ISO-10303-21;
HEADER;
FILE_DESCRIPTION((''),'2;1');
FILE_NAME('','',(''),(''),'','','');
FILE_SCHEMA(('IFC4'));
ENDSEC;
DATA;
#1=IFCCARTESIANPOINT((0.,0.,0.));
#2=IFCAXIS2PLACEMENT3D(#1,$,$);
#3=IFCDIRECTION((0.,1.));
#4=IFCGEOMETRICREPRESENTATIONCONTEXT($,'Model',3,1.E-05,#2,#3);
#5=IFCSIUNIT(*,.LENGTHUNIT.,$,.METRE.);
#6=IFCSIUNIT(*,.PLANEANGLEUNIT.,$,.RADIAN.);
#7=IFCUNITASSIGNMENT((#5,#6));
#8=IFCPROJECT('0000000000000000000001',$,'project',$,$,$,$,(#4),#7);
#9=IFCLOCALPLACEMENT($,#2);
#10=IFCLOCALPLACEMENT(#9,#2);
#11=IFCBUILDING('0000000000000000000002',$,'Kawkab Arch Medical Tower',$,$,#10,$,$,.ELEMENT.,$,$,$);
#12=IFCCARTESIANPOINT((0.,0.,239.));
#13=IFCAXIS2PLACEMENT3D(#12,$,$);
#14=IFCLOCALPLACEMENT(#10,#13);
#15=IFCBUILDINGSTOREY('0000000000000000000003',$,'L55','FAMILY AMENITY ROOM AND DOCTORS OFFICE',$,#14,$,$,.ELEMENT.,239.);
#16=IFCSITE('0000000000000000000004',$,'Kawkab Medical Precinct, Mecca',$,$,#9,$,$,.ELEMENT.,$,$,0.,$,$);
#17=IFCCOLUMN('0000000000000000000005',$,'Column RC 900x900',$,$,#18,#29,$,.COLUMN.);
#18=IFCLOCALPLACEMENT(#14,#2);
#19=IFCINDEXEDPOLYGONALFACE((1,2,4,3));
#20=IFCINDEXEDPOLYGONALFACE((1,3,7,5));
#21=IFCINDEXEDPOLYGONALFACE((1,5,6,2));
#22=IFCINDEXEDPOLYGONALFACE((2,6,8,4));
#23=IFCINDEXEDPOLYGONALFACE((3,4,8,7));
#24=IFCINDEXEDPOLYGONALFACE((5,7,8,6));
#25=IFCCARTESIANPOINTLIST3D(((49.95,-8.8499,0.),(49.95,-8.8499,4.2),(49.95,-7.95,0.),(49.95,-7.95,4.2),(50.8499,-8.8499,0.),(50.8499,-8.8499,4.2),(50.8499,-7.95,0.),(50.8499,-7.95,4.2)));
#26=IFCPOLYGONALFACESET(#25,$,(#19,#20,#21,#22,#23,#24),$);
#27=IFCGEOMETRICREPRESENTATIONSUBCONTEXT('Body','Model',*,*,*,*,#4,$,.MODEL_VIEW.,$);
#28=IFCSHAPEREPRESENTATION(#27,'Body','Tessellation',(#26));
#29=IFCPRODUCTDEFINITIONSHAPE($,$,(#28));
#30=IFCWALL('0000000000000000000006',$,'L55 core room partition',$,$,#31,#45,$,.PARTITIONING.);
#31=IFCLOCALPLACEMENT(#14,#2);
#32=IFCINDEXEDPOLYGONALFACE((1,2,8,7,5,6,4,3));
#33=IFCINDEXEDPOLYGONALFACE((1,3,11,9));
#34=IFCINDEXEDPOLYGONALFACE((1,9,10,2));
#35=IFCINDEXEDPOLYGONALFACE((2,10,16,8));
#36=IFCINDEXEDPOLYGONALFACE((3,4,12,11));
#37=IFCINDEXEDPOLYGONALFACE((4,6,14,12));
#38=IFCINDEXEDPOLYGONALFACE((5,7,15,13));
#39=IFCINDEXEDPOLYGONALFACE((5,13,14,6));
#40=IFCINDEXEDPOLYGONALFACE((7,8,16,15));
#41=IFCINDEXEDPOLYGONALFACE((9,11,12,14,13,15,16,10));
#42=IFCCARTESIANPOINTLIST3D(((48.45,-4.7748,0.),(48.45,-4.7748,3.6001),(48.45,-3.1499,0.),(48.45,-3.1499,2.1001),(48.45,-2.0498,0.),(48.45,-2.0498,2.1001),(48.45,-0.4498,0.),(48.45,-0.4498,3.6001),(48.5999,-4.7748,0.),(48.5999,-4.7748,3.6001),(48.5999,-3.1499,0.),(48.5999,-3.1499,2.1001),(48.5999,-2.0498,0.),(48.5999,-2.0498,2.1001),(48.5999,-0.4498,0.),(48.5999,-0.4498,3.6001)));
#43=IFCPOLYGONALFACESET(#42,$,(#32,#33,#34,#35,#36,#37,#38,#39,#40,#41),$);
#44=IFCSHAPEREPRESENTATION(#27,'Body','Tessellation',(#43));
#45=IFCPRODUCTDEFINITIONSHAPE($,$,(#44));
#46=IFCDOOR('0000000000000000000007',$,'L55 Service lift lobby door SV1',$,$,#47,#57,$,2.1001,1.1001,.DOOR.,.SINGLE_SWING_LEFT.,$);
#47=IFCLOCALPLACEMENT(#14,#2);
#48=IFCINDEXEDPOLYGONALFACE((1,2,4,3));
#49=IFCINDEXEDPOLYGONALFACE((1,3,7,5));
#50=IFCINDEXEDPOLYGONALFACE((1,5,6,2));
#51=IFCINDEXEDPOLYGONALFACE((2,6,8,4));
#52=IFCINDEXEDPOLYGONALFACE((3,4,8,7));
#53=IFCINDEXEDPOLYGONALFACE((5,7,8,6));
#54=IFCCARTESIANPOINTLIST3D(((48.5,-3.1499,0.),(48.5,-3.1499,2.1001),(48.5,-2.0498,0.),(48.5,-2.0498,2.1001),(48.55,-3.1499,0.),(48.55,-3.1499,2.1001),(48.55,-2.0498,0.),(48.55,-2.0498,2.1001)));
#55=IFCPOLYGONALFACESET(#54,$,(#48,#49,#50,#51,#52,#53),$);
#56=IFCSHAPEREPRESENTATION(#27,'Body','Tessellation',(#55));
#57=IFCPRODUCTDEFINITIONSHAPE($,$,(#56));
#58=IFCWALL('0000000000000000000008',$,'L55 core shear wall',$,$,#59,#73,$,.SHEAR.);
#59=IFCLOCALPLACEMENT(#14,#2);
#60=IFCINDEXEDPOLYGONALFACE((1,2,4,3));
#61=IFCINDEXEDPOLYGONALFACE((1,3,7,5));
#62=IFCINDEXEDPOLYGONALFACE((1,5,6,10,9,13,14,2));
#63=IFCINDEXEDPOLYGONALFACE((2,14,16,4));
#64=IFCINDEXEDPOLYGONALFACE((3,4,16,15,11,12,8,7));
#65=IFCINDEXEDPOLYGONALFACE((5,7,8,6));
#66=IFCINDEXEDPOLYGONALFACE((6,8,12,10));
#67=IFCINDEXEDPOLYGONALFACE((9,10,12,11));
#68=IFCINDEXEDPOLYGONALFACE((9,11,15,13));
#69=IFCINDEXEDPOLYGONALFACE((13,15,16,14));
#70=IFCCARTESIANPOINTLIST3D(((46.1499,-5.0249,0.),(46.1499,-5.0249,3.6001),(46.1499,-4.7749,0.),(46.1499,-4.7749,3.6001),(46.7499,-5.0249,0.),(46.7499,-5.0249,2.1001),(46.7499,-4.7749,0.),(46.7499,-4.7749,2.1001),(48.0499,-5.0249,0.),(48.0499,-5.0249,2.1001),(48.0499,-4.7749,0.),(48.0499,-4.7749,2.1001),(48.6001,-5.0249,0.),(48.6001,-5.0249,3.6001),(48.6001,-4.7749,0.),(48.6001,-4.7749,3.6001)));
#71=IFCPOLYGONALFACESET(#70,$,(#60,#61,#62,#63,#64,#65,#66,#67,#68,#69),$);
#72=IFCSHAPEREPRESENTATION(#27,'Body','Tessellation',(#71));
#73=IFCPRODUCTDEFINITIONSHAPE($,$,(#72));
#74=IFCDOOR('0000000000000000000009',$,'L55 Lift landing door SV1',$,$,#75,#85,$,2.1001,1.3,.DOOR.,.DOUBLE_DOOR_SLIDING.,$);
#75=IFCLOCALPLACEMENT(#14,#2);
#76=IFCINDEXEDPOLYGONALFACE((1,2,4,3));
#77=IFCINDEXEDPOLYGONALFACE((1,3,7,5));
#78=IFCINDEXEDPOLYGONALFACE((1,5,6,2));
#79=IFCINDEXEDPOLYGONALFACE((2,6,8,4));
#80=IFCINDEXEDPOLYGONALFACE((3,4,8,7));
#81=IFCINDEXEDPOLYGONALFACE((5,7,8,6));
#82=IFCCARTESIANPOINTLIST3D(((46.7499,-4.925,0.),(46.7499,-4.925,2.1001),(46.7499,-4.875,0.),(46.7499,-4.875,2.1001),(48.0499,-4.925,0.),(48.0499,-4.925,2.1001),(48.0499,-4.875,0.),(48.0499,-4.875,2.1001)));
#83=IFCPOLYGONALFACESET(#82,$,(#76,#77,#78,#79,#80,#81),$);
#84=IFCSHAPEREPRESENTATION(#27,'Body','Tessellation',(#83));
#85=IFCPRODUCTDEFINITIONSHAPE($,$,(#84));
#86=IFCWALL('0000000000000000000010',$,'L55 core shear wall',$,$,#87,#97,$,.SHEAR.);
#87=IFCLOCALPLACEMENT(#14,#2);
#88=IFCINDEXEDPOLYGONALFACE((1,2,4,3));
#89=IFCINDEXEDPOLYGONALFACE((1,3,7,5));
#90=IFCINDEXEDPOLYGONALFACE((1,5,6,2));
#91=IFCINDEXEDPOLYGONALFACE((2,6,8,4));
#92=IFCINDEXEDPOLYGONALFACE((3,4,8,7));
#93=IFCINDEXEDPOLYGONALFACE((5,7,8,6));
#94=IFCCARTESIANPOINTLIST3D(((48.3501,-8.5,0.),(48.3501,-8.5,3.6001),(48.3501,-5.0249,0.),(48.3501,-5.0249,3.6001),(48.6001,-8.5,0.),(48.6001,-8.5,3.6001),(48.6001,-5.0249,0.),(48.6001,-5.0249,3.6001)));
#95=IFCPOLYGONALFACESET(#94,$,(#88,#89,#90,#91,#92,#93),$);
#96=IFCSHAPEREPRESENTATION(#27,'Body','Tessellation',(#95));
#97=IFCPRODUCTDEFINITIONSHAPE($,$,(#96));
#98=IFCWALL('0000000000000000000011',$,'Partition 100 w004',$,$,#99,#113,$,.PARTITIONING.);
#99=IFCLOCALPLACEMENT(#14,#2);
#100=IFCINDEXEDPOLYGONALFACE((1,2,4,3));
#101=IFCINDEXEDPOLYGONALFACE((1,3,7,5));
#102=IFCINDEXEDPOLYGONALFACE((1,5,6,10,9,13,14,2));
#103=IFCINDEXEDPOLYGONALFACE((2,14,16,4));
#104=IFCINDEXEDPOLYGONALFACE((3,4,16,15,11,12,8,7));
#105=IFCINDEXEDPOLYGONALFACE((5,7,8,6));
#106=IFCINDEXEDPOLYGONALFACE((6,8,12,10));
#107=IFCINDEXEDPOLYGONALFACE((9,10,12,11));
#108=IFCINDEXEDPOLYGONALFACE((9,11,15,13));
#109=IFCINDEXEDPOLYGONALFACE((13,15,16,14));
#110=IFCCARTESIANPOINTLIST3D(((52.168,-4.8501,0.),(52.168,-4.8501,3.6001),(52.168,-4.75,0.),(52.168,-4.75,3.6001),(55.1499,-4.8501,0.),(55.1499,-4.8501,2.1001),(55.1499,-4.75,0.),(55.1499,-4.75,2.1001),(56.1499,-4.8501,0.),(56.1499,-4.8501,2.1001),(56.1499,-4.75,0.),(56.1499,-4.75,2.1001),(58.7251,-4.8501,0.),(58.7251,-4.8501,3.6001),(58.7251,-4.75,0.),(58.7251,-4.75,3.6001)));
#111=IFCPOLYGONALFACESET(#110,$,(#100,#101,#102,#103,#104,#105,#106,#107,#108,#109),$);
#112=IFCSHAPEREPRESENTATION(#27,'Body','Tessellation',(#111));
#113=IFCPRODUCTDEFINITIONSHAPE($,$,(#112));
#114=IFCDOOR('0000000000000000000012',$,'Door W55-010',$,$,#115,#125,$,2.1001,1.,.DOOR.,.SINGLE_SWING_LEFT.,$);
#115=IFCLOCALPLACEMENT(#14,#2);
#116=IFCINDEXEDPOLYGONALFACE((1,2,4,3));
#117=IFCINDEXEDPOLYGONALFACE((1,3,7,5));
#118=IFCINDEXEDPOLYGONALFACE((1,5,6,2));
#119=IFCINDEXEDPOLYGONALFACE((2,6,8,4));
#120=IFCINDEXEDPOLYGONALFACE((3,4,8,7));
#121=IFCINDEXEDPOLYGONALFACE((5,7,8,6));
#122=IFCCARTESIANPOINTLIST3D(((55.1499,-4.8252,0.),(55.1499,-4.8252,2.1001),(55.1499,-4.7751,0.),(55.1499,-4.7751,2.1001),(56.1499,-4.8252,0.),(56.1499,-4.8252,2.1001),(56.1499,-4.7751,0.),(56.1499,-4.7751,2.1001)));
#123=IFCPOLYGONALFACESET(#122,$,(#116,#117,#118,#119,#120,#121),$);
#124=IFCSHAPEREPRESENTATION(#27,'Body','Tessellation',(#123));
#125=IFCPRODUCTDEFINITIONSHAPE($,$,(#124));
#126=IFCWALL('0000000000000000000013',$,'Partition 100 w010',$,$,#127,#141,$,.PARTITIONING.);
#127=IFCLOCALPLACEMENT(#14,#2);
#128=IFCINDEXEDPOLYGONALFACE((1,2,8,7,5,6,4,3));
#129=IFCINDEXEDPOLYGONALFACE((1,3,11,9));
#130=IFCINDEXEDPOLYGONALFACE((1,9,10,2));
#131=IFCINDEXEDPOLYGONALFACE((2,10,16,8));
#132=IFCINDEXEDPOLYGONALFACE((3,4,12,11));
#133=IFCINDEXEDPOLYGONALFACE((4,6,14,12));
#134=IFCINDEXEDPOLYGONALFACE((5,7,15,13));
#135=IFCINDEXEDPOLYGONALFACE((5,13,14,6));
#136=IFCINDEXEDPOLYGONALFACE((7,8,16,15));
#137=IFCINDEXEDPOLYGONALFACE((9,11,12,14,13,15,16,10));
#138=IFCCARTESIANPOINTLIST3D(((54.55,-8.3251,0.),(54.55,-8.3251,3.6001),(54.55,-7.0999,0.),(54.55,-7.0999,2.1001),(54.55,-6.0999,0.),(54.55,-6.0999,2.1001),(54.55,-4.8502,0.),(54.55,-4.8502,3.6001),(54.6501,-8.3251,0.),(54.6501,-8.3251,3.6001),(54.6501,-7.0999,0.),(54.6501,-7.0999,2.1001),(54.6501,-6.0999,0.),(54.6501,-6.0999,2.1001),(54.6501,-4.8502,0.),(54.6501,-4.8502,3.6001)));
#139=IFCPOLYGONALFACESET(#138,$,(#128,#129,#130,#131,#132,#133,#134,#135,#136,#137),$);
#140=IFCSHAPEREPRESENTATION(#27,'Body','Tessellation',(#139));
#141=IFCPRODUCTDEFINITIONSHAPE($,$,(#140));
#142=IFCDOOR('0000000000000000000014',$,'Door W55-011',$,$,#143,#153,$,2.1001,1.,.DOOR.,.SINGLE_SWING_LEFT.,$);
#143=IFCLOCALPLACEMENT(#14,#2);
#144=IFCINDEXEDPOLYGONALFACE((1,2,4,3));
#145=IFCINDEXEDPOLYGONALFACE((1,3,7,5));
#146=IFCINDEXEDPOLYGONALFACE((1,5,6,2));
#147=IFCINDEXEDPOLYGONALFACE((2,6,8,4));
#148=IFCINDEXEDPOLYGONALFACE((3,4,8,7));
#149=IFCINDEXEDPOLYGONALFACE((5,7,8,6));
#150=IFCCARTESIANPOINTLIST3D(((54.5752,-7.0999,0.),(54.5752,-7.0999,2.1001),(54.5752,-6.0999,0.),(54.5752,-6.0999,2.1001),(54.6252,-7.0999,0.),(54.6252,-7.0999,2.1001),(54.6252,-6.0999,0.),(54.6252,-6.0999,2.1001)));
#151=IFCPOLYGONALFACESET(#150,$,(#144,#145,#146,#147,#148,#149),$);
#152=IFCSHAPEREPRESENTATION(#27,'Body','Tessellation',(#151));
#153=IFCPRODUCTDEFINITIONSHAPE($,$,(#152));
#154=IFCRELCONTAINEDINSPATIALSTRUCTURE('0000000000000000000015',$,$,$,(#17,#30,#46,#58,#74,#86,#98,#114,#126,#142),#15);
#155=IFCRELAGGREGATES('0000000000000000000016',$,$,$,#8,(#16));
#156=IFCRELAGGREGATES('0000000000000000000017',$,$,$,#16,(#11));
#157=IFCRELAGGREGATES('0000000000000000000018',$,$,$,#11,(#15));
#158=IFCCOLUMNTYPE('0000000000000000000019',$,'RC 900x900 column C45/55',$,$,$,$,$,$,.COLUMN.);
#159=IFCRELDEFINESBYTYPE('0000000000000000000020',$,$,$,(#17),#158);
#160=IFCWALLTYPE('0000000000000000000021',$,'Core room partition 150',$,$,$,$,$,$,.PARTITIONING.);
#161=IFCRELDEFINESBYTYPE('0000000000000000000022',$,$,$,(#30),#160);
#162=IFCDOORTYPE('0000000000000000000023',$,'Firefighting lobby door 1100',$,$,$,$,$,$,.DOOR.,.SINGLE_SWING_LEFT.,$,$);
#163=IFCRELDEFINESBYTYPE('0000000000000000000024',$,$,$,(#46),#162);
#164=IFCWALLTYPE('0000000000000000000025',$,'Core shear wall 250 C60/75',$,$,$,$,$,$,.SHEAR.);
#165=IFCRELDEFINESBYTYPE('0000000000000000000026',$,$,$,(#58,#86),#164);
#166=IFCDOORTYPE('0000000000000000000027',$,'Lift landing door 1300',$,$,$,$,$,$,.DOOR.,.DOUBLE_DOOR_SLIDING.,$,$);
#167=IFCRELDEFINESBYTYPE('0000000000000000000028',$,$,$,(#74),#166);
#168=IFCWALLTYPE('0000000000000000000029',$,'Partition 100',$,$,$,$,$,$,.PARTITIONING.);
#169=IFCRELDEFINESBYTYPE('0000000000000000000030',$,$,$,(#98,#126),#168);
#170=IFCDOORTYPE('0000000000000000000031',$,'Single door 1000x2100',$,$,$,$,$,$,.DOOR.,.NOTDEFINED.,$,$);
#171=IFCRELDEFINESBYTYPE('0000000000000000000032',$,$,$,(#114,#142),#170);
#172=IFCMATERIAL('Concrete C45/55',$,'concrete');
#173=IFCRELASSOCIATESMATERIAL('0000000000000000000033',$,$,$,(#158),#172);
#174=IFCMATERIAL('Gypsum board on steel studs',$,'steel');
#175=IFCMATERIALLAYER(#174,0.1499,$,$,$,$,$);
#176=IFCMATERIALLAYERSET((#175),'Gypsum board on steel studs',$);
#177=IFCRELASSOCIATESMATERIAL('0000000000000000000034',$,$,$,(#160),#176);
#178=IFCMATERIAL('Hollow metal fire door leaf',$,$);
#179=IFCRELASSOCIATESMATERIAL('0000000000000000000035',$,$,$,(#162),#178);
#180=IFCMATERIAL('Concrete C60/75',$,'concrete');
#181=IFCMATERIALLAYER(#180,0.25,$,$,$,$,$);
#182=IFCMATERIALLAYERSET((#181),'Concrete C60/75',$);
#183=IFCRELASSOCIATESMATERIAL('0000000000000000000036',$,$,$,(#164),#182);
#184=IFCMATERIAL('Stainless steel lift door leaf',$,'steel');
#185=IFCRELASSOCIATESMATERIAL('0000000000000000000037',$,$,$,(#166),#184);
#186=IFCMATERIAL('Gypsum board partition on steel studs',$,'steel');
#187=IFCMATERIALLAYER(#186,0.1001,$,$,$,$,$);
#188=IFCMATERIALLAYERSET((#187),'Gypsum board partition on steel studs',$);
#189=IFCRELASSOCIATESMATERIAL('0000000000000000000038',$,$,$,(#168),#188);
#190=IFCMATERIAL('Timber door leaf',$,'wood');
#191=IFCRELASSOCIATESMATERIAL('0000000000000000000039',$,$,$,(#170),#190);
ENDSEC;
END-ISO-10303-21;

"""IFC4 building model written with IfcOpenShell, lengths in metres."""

from ifc_helpers import new_model, si_unit, direction, frame, frame_2d, origin, origin_2d, place, context, subcontext, project, spatial, rectangle, extrude, material, layer, layer_set, material_profile, profile_set, type_object, element, fill, save


model = new_model("IFC4")

# Units and contexts
model_context = context("Model", 3, precision=1e-05, world=origin(), true_north=direction((0.0, 1.0)))
body_context = subcontext(model_context, "Body", "Model", "MODEL_VIEW")
ifc_project = project(units=[si_unit("LENGTHUNIT", "METRE"), si_unit("PLANEANGLEUNIT", "RADIAN")], contexts=[model_context])

# Site, building, storey
site_placement = place(None, origin())
site = spatial("IfcSite", under=ifc_project, at=site_placement, Name="Kawkab Medical Precinct, Mecca", CompositionType="ELEMENT", RefElevation=0.0)
building_placement = place(site_placement, origin())
building = spatial("IfcBuilding", under=site, at=building_placement, Name="Kawkab Arch Medical Tower", CompositionType="ELEMENT")
storey_placement = place(building_placement, frame((0.0, 0.0, 239.0)))
storey = spatial("IfcBuildingStorey", under=building, at=storey_placement, Name="L55", Description="FAMILY AMENITY ROOM AND DOCTORS OFFICE", CompositionType="ELEMENT", Elevation=239.0)

# Column
ifc_material_1 = material(Name="Concrete C45/55", Category="concrete")
ifc_material_profile = material_profile(ifc_material_1, rectangle(XDim=0.8999, YDim=0.8999, at=origin_2d()), Name="RC 900x900")
ifc_profile_set = profile_set([ifc_material_profile], Name="Concrete C45/55")
column_type = type_object("IfcColumnType", Name="RC 900x900 column C45/55", PredefinedType="COLUMN", material=ifc_profile_set)
column_placement = place(storey_placement, frame((50.3999, -8.3999, 0.0), z_axis=(0.0, 0.0, 1.0), x_axis=(1.0, 0.0, 0.0)))
element("IfcColumn", 1, at=column_placement, inside=storey, type_object=column_type, Name="Column RC 900x900", PredefinedType="COLUMN", context=body_context, shape_type="SweptSolid", body=[
    extrude(rectangle(XDim=0.8999, YDim=0.8999, at=origin_2d()), origin(), (0.0, 0.0, 1.0), 4.2),
])

# Walls, openings, doors
ifc_material_2 = material(Name="Gypsum board on steel studs", Category="steel")
ifc_layer_1 = layer(ifc_material_2, 0.1499)
ifc_layer_set_1 = layer_set([ifc_layer_1], Name="Gypsum board on steel studs")
wall_type_1 = type_object("IfcWallType", Name="Core room partition 150", PredefinedType="PARTITIONING", material=ifc_layer_set_1)
wall_1_placement = place(storey_placement, frame((48.5249, -4.7749, 0.0), z_axis=(0.0, 0.0, 1.0), x_axis=(0.0, 1.0, 0.0)))
wall_1 = element("IfcWall", 2, at=wall_1_placement, inside=storey, type_object=wall_type_1, Name="L55 core room partition", PredefinedType="PARTITIONING", context=body_context, shape_type="SweptSolid", body=[
    extrude(rectangle(XDim=4.325, YDim=0.1499, at=frame_2d((2.1626, 0.0))), origin(), (0.0, 0.0, 1.0), 3.6001),
])
opening_1_placement = place(wall_1_placement, frame((1.625, 0.0, 0.0)))
opening_1 = element("IfcOpeningElement", 3, at=opening_1_placement, cuts=wall_1, PredefinedType="OPENING", context=body_context, shape_type="SweptSolid", body=[
    extrude(rectangle(XDim=1.1001, YDim=2.1001, at=frame_2d((0.55, 1.05))), frame((0.0, 0.085, 0.0), z_axis=(0.0, -1.0, 0.0), x_axis=(1.0, 0.0, 0.0)), (0.0, 0.0, 1.0), 0.1699),
])
ifc_material_3 = material(Name="Hollow metal fire door leaf")
door_type_1 = type_object("IfcDoorType", Name="Firefighting lobby door 1100", OperationType="SINGLE_SWING_LEFT", PredefinedType="DOOR", material=ifc_material_3)
door_1_placement = place(opening_1_placement, origin())
door_1 = element("IfcDoor", 4, at=door_1_placement, inside=storey, type_object=door_type_1, Name="L55 Service lift lobby door SV1", OperationType="SINGLE_SWING_LEFT", OverallHeight=2.1001, OverallWidth=1.1001, PredefinedType="DOOR", context=body_context, shape_type="SweptSolid", body=[
    extrude(rectangle(XDim=1.1001, YDim=2.1001, at=frame_2d((0.55, 1.05))), frame((0.0, 0.0249, 0.0), z_axis=(0.0, -1.0, 0.0), x_axis=(1.0, 0.0, 0.0)), (0.0, 0.0, 1.0), 0.05),
])
fill(opening_1, door_1)
ifc_material_4 = material(Name="Concrete C60/75", Category="concrete")
ifc_layer_2 = layer(ifc_material_4, 0.25)
ifc_layer_set_2 = layer_set([ifc_layer_2], Name="Concrete C60/75")
wall_type_2 = type_object("IfcWallType", Name="Core shear wall 250 C60/75", PredefinedType="SHEAR", material=ifc_layer_set_2)
wall_2_placement = place(storey_placement, frame((46.1499, -4.8999, 0.0), z_axis=(0.0, 0.0, 1.0), x_axis=(1.0, 0.0, 0.0)))
wall_2 = element("IfcWall", 5, at=wall_2_placement, inside=storey, type_object=wall_type_2, Name="L55 core shear wall", PredefinedType="SHEAR", context=body_context, shape_type="SweptSolid", body=[
    extrude(rectangle(XDim=2.4502, YDim=0.25, at=frame_2d((1.2251, 0.0))), origin(), (0.0, 0.0, 1.0), 3.6001),
])
opening_2_placement = place(wall_2_placement, frame((0.6001, 0.0, 0.0)))
opening_2 = element("IfcOpeningElement", 6, at=opening_2_placement, cuts=wall_2, PredefinedType="OPENING", context=body_context, shape_type="SweptSolid", body=[
    extrude(rectangle(XDim=1.3, YDim=2.1001, at=frame_2d((0.6499, 1.05))), frame((0.0, 0.135, 0.0), z_axis=(0.0, -1.0, 0.0), x_axis=(1.0, 0.0, 0.0)), (0.0, 0.0, 1.0), 0.27),
])
ifc_material_5 = material(Name="Stainless steel lift door leaf", Category="steel")
door_type_2 = type_object("IfcDoorType", Name="Lift landing door 1300", OperationType="DOUBLE_DOOR_SLIDING", PredefinedType="DOOR", material=ifc_material_5)
door_2_placement = place(opening_2_placement, origin())
door_2 = element("IfcDoor", 7, at=door_2_placement, inside=storey, type_object=door_type_2, Name="L55 Lift landing door SV1", OperationType="DOUBLE_DOOR_SLIDING", OverallHeight=2.1001, OverallWidth=1.3, PredefinedType="DOOR", context=body_context, shape_type="SweptSolid", body=[
    extrude(rectangle(XDim=1.3, YDim=2.1001, at=frame_2d((0.6499, 1.05))), frame((0.0, 0.0249, 0.0), z_axis=(0.0, -1.0, 0.0), x_axis=(1.0, 0.0, 0.0)), (0.0, 0.0, 1.0), 0.05),
])
fill(opening_2, door_2)

# Wall
wall_3_placement = place(storey_placement, frame((48.4751, -8.5, 0.0), z_axis=(0.0, 0.0, 1.0), x_axis=(0.0, 1.0, 0.0)))
element("IfcWall", 8, at=wall_3_placement, inside=storey, type_object=wall_type_2, Name="L55 core shear wall", PredefinedType="SHEAR", context=body_context, shape_type="SweptSolid", body=[
    extrude(rectangle(XDim=3.4751, YDim=0.25, at=frame_2d((1.7375, 0.0))), origin(), (0.0, 0.0, 1.0), 3.6001),
])

# Walls, openings, doors
ifc_material_6 = material(Name="Gypsum board partition on steel studs", Category="steel")
ifc_layer_3 = layer(ifc_material_6, 0.1001)
ifc_layer_set_3 = layer_set([ifc_layer_3], Name="Gypsum board partition on steel studs")
wall_type_3 = type_object("IfcWallType", Name="Partition 100", PredefinedType="PARTITIONING", material=ifc_layer_set_3)
wall_4_placement = place(storey_placement, frame((52.168, -4.8, 0.0), z_axis=(0.0, 0.0, 1.0), x_axis=(1.0, 0.0, 0.0)))
wall_4 = element("IfcWall", 9, at=wall_4_placement, inside=storey, type_object=wall_type_3, Name="Partition 100 w004", PredefinedType="PARTITIONING", context=body_context, shape_type="SweptSolid", body=[
    extrude(rectangle(XDim=6.5571, YDim=0.1001, at=frame_2d((3.2786, 0.0))), origin(), (0.0, 0.0, 1.0), 3.6001),
])
opening_3_placement = place(wall_4_placement, frame((2.9819, 0.0, 0.0)))
opening_3 = element("IfcOpeningElement", 10, at=opening_3_placement, cuts=wall_4, PredefinedType="OPENING", context=body_context, shape_type="SweptSolid", body=[
    extrude(rectangle(XDim=1.0, YDim=2.1001, at=frame_2d((0.5, 1.05))), frame((0.0, 0.0601, 0.0), z_axis=(0.0, -1.0, 0.0), x_axis=(1.0, 0.0, 0.0)), (0.0, 0.0, 1.0), 0.1201),
])
ifc_material_7 = material(Name="Timber door leaf", Category="wood")
door_type_3 = type_object("IfcDoorType", Name="Single door 1000x2100", OperationType="NOTDEFINED", PredefinedType="DOOR", material=ifc_material_7)
door_3_placement = place(opening_3_placement, origin())
door_3 = element("IfcDoor", 11, at=door_3_placement, inside=storey, type_object=door_type_3, Name="Door W55-010", OperationType="SINGLE_SWING_LEFT", OverallHeight=2.1001, OverallWidth=1.0, PredefinedType="DOOR", context=body_context, shape_type="SweptSolid", body=[
    extrude(rectangle(XDim=1.0, YDim=2.1001, at=frame_2d((0.5, 1.05))), frame((0.0, 0.0249, 0.0), z_axis=(0.0, -1.0, 0.0), x_axis=(1.0, 0.0, 0.0)), (0.0, 0.0, 1.0), 0.05),
])
fill(opening_3, door_3)
wall_5_placement = place(storey_placement, frame((54.6001, -8.325, 0.0), z_axis=(0.0, 0.0, 1.0), x_axis=(0.0, 1.0, 0.0)))
wall_5 = element("IfcWall", 12, at=wall_5_placement, inside=storey, type_object=wall_type_3, Name="Partition 100 w010", PredefinedType="PARTITIONING", context=body_context, shape_type="SweptSolid", body=[
    extrude(rectangle(XDim=3.4749, YDim=0.1001, at=frame_2d((1.7373, 0.0))), origin(), (0.0, 0.0, 1.0), 3.6001),
])
opening_4_placement = place(wall_5_placement, frame((1.2251, 0.0, 0.0)))
opening_4 = element("IfcOpeningElement", 13, at=opening_4_placement, cuts=wall_5, PredefinedType="OPENING", context=body_context, shape_type="SweptSolid", body=[
    extrude(rectangle(XDim=1.0, YDim=2.1001, at=frame_2d((0.5, 1.05))), frame((0.0, 0.0601, 0.0), z_axis=(0.0, -1.0, 0.0), x_axis=(1.0, 0.0, 0.0)), (0.0, 0.0, 1.0), 0.1201),
])
door_4_placement = place(opening_4_placement, origin())
door_4 = element("IfcDoor", 14, at=door_4_placement, inside=storey, type_object=door_type_3, Name="Door W55-011", OperationType="SINGLE_SWING_LEFT", OverallHeight=2.1001, OverallWidth=1.0, PredefinedType="DOOR", context=body_context, shape_type="SweptSolid", body=[
    extrude(rectangle(XDim=1.0, YDim=2.1001, at=frame_2d((0.5, 1.05))), frame((0.0, 0.0249, 0.0), z_axis=(0.0, -1.0, 0.0), x_axis=(1.0, 0.0, 0.0)), (0.0, 0.0, 1.0), 0.05),
])
fill(opening_4, door_4)

save(model, "model.ifc")
